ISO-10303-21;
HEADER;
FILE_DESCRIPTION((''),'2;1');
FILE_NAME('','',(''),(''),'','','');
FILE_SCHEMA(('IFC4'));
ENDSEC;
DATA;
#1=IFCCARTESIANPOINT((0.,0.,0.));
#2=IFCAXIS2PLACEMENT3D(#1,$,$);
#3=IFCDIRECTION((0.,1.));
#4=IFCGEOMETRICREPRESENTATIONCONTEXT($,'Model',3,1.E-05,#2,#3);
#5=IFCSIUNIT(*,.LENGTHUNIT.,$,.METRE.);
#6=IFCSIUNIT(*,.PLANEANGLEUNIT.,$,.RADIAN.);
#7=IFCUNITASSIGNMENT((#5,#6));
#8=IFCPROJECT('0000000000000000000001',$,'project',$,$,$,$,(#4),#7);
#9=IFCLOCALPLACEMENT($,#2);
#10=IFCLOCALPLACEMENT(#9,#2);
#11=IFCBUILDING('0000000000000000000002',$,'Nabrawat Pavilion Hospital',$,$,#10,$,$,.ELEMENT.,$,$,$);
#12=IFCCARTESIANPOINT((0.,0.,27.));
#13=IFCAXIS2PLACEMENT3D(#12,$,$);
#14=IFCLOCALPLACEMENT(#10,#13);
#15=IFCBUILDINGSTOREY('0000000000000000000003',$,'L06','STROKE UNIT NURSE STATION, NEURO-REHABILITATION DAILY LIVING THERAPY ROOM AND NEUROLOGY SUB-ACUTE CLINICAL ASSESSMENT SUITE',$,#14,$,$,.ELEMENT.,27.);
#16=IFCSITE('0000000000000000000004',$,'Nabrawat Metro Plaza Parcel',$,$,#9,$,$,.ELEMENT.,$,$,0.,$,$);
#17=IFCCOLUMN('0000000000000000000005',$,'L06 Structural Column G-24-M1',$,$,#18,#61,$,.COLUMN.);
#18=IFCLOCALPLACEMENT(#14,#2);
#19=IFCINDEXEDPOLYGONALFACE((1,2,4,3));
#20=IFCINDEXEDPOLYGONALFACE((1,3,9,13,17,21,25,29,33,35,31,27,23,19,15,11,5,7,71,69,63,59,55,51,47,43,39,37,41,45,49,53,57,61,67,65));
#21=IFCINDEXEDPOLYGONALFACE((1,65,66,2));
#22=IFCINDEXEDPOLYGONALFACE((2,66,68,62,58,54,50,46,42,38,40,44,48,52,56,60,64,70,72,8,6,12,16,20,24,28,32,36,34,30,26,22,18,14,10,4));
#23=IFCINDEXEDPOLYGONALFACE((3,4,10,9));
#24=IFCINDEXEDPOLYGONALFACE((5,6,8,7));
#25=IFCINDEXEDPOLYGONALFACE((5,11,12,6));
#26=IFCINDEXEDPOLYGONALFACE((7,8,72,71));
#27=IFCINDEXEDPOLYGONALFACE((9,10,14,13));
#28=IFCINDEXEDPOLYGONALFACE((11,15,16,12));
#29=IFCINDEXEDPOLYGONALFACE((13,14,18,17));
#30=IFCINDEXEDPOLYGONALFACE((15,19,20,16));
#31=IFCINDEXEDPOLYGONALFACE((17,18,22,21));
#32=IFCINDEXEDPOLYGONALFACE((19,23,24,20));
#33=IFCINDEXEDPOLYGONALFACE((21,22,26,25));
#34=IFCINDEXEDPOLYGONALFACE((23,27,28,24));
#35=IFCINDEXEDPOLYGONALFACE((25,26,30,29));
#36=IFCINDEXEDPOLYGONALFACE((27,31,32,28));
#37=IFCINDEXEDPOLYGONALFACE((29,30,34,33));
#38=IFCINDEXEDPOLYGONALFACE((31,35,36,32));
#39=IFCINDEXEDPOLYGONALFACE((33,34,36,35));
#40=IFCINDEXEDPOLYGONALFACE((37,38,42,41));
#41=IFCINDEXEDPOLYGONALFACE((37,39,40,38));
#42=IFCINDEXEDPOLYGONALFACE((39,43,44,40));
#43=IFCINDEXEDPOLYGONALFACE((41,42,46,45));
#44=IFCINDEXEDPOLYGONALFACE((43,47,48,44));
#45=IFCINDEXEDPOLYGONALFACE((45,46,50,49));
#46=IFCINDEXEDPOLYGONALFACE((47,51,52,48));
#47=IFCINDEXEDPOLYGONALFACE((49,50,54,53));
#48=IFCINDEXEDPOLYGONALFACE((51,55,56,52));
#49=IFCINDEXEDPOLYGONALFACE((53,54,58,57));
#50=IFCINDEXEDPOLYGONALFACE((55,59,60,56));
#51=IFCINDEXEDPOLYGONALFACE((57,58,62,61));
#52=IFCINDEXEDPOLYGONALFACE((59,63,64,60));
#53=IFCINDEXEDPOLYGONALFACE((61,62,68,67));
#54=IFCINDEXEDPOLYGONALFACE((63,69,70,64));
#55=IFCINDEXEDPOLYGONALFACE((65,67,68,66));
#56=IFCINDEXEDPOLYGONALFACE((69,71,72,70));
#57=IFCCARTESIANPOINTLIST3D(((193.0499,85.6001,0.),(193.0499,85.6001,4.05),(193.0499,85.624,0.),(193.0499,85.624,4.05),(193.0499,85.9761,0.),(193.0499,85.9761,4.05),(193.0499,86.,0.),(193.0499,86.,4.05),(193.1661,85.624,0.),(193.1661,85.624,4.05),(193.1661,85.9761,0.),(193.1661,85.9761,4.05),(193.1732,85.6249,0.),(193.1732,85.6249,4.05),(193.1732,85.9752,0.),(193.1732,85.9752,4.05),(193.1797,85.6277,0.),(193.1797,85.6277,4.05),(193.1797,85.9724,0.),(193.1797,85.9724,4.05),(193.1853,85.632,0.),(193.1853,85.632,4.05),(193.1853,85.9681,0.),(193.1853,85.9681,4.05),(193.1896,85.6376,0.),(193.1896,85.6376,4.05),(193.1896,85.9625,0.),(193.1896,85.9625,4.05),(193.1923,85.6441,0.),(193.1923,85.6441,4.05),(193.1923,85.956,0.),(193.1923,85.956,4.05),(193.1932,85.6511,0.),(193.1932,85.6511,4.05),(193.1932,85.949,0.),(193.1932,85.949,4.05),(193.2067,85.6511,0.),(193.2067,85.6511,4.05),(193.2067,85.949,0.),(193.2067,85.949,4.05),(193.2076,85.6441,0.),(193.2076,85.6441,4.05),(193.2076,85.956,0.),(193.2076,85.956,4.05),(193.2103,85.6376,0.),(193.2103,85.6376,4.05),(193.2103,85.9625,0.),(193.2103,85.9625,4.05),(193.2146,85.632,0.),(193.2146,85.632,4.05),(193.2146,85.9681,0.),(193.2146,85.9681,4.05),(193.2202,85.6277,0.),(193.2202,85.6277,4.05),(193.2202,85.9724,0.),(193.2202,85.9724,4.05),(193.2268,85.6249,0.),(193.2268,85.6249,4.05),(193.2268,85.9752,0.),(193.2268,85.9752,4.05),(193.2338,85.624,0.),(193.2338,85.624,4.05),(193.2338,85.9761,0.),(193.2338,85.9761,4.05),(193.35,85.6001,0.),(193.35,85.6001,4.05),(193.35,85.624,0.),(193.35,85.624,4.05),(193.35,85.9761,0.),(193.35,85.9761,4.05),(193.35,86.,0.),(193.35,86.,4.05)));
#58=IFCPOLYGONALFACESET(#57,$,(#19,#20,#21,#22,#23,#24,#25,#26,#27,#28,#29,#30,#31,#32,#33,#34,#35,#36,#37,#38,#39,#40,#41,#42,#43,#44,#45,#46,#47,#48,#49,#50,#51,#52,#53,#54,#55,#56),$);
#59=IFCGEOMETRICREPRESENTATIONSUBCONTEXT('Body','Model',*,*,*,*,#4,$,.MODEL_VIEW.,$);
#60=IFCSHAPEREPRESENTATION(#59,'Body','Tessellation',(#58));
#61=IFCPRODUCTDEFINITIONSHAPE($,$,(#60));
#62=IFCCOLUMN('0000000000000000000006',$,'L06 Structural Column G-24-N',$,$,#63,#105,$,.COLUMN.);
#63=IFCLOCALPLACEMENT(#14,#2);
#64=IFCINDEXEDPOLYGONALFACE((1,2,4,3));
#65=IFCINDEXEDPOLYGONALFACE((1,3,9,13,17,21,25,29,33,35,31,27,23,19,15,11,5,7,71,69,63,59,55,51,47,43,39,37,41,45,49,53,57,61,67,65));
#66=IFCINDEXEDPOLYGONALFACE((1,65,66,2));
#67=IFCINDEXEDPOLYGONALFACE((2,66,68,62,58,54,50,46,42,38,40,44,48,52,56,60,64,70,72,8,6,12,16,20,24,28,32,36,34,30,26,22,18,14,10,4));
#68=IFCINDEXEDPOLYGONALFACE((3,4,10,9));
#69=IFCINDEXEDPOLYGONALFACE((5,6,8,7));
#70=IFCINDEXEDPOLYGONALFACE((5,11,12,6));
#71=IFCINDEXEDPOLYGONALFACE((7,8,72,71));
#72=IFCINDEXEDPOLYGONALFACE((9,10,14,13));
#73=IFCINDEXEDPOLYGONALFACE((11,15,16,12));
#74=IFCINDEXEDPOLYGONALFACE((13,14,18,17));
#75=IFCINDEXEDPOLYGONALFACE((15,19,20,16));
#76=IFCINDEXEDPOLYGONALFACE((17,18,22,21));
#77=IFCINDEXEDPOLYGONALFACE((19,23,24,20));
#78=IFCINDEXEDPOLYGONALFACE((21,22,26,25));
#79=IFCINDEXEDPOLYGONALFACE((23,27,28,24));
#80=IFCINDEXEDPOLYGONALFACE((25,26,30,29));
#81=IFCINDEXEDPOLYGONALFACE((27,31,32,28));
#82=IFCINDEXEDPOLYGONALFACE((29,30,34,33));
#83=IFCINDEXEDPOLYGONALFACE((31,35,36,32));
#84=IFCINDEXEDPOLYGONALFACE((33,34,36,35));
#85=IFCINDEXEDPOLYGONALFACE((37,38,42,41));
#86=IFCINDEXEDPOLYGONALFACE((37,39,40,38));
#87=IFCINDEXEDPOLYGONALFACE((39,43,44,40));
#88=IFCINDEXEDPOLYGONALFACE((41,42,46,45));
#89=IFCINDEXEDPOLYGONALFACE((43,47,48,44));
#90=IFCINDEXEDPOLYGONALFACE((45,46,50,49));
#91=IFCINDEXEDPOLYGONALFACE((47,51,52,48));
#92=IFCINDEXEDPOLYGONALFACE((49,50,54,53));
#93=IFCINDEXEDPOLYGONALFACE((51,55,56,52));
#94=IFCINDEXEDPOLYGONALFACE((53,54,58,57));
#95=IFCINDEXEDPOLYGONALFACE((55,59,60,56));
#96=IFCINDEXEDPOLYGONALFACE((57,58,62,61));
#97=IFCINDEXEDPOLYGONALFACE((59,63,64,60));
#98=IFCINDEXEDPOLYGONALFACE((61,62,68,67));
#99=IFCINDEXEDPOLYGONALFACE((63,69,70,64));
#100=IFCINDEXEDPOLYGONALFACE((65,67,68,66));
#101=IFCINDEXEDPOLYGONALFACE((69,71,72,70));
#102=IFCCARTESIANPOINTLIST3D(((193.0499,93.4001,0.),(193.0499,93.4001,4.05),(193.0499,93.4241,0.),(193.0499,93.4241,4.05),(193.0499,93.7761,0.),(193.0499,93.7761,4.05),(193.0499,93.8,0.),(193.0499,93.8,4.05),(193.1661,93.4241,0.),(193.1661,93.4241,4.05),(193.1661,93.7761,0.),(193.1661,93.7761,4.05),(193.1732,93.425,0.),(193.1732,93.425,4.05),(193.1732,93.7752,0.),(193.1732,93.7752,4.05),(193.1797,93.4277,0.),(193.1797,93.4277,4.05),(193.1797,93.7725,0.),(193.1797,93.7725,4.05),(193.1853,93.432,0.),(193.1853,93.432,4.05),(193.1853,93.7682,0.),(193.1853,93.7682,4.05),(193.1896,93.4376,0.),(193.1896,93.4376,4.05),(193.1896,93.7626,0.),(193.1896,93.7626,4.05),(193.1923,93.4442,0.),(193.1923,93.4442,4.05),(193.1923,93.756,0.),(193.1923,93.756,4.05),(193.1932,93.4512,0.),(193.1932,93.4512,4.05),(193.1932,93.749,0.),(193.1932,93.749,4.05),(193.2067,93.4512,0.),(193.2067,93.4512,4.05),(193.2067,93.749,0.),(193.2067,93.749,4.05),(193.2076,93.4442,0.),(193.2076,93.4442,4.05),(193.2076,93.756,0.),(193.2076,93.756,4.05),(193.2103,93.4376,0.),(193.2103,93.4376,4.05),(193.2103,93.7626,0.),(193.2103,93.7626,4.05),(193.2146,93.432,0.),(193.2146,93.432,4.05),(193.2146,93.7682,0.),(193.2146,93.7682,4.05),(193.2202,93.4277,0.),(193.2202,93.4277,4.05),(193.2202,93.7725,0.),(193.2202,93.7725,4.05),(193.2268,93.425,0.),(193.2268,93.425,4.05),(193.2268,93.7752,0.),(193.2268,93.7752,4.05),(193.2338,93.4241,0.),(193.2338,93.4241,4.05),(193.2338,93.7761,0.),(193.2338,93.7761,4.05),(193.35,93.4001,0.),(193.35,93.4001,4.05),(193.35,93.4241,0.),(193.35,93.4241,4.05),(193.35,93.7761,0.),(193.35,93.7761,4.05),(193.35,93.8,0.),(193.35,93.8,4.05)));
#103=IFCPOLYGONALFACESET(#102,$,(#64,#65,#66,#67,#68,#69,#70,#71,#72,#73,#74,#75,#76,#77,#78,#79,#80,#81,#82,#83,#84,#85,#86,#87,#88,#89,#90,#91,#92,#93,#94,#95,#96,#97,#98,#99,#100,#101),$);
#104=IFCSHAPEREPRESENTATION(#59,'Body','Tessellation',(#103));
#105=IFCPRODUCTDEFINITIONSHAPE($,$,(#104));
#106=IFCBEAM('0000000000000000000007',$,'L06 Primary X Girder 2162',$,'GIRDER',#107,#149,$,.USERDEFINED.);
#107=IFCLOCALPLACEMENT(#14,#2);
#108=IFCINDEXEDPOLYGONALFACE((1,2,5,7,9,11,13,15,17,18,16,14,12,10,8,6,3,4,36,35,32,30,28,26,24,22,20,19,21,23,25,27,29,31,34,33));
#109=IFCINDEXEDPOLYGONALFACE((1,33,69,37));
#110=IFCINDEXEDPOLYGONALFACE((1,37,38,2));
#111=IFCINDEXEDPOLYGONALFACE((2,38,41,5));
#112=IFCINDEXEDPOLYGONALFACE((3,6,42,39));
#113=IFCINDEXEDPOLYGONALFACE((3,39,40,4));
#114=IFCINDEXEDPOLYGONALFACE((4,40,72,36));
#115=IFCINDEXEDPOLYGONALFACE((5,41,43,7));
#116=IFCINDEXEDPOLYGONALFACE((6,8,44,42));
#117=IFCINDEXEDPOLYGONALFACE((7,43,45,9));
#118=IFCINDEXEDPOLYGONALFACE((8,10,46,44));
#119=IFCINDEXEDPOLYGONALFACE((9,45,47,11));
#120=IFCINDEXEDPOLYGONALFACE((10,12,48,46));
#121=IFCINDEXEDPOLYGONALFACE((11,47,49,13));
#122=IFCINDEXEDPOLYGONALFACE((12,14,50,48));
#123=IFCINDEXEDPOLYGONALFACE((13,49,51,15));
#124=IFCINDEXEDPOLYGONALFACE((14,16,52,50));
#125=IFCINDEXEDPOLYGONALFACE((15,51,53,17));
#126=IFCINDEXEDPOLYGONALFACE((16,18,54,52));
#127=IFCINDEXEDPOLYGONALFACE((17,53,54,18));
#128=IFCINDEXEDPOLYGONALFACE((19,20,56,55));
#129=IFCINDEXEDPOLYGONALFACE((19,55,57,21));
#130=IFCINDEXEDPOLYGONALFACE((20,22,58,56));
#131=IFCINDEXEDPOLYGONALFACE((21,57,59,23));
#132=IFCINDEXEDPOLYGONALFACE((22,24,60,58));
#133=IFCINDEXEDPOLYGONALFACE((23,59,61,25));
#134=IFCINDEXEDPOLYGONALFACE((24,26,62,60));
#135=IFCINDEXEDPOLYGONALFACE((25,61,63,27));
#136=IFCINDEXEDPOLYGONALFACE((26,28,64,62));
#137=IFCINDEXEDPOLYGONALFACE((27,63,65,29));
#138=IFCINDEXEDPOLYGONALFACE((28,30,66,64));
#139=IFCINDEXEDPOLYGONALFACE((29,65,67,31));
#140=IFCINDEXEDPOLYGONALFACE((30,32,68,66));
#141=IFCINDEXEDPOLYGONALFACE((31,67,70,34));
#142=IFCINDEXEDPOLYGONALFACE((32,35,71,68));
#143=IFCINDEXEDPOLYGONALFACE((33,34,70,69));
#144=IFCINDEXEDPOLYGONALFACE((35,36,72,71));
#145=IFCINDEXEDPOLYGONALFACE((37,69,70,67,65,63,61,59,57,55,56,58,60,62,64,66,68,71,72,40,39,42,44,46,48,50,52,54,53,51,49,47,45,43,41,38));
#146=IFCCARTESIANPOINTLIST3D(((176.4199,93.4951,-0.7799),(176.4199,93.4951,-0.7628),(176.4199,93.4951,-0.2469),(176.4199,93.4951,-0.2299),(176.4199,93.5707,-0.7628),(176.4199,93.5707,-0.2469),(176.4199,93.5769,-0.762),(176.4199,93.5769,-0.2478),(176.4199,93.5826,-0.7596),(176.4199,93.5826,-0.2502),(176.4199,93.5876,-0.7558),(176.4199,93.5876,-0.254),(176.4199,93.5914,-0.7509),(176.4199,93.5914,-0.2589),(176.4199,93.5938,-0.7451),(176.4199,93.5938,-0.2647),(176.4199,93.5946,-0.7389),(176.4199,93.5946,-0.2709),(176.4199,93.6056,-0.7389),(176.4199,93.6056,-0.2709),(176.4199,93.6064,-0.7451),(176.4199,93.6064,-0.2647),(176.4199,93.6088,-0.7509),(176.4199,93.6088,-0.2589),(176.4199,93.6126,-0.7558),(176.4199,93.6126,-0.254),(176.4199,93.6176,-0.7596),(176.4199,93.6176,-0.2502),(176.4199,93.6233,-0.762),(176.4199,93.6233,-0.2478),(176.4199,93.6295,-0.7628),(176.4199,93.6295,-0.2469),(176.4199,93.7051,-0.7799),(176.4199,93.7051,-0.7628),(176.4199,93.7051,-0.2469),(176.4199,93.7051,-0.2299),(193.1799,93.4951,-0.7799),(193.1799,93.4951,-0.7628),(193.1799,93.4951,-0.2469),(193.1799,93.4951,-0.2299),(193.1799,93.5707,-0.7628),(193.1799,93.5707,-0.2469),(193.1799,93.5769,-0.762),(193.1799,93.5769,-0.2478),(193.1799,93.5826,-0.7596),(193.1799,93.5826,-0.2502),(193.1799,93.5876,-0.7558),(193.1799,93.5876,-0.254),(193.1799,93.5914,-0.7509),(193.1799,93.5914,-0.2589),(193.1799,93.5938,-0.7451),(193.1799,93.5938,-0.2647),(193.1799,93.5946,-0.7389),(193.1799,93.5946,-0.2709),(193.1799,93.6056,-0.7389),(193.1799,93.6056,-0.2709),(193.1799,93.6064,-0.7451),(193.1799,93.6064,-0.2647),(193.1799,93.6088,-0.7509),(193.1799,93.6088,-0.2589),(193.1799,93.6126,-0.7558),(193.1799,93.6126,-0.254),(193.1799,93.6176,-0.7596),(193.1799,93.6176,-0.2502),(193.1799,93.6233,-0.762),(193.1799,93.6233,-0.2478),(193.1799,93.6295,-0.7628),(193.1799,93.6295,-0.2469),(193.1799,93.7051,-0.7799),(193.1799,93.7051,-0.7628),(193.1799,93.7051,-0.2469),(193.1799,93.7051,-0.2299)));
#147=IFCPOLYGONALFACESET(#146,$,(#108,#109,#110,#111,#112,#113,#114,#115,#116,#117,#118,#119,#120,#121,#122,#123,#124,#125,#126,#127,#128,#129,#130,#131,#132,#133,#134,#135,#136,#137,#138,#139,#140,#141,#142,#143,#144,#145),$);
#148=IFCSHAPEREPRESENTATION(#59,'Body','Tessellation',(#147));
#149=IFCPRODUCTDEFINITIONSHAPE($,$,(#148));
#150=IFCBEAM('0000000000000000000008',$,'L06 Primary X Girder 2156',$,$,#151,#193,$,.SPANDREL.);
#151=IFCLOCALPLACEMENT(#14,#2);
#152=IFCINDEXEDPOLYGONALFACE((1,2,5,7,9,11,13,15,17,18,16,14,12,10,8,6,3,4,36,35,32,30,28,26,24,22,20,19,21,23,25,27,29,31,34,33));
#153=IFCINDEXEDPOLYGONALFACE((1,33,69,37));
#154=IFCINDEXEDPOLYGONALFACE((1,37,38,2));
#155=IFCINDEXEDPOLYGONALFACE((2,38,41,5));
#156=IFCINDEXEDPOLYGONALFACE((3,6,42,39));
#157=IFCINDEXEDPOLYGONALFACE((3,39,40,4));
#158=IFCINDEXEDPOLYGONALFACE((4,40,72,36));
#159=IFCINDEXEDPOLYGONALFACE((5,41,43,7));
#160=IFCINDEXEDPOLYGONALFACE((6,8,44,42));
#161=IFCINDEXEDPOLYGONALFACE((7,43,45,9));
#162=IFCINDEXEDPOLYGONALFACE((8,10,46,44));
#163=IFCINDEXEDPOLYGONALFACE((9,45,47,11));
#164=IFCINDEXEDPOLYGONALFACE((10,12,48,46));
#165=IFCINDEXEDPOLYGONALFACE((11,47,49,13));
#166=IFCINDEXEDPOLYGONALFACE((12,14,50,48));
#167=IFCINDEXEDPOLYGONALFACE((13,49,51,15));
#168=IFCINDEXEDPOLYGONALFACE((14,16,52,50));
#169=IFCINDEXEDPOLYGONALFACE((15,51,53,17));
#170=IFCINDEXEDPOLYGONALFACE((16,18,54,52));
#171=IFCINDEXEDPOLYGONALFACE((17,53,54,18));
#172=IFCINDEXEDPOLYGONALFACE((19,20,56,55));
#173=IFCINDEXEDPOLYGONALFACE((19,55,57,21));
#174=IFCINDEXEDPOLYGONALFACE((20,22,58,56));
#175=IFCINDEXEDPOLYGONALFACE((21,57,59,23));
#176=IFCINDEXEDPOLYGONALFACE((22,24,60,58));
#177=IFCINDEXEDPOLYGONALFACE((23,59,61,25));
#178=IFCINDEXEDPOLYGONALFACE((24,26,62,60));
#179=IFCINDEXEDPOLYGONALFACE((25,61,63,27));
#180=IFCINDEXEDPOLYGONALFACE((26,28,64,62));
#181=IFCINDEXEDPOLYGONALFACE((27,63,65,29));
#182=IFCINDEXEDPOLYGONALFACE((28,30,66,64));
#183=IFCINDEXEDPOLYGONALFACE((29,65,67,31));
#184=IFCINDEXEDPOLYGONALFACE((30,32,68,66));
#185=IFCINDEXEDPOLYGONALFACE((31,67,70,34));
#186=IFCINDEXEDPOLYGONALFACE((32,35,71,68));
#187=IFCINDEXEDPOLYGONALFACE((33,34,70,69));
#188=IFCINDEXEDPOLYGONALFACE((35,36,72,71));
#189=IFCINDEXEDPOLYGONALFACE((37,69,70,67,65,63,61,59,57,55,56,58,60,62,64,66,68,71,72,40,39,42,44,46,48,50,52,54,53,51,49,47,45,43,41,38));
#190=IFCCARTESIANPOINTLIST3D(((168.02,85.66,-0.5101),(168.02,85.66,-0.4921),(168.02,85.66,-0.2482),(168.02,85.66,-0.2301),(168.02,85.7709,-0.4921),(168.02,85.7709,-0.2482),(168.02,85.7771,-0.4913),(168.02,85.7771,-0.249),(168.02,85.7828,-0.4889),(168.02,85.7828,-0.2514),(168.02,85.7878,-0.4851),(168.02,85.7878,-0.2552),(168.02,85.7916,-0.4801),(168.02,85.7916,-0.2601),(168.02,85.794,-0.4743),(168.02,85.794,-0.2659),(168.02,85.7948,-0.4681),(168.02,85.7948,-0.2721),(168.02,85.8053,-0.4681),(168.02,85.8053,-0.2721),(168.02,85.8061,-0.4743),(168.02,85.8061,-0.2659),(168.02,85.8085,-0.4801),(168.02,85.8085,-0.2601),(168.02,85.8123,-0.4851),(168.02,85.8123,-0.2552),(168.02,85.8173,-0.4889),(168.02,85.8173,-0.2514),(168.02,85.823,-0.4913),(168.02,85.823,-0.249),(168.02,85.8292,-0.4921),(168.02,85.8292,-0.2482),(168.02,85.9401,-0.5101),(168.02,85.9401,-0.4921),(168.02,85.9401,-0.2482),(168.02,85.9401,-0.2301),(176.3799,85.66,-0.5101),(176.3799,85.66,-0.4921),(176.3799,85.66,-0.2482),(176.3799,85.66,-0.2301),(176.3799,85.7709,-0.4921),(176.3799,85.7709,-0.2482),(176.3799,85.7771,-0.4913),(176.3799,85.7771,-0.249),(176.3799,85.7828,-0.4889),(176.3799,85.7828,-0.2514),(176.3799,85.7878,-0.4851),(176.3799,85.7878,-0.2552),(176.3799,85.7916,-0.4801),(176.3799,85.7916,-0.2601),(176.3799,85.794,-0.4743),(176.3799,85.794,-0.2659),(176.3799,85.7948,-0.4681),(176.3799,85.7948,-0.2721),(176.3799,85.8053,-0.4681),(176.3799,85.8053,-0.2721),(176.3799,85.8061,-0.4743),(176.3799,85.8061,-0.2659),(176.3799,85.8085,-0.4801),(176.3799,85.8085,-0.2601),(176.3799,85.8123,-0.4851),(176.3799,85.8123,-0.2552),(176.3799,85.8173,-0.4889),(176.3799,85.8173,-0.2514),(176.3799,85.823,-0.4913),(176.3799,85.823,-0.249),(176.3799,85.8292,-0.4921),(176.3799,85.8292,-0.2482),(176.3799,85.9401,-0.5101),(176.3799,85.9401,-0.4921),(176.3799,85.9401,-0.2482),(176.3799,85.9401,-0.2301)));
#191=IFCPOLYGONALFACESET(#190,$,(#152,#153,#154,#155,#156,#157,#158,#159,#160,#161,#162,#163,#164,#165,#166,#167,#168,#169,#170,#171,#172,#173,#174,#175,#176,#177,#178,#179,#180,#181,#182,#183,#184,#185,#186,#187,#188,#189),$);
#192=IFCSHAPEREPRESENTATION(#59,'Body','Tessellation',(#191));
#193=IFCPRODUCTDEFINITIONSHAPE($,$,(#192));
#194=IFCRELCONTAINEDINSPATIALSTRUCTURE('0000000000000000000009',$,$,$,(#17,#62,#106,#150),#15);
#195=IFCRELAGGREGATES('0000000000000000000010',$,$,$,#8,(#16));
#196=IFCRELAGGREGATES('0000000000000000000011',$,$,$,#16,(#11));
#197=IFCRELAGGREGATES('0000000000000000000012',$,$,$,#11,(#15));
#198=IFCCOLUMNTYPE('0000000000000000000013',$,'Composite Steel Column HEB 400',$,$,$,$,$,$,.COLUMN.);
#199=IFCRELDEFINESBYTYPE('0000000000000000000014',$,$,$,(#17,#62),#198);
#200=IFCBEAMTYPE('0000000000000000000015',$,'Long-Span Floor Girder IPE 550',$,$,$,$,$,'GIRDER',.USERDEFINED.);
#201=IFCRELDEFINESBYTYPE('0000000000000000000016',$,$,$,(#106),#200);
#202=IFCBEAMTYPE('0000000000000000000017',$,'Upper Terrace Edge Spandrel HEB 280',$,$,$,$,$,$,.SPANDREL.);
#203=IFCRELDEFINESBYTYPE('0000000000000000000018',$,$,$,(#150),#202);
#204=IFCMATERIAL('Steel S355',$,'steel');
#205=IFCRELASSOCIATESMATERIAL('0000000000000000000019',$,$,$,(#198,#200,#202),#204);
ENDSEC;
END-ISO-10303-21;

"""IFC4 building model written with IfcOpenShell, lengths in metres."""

from ifc_helpers import new_model, si_unit, direction, frame, origin, origin_2d, place, context, subcontext, project, spatial, i_section, extrude, material, material_profile, profile_set, type_object, element, save


model = new_model("IFC4")

# Units and contexts
model_context = context("Model", 3, precision=1e-05, world=origin(), true_north=direction((0.0, 1.0)))
body_context = subcontext(model_context, "Body", "Model", "MODEL_VIEW")
ifc_project = project(units=[si_unit("LENGTHUNIT", "METRE"), si_unit("PLANEANGLEUNIT", "RADIAN")], contexts=[model_context])

# Site, building, storey
site_placement = place(None, origin())
site = spatial("IfcSite", under=ifc_project, at=site_placement, Name="Nabrawat Metro Plaza Parcel", CompositionType="ELEMENT", RefElevation=0.0)
building_placement = place(site_placement, origin())
building = spatial("IfcBuilding", under=site, at=building_placement, Name="Nabrawat Pavilion Hospital", CompositionType="ELEMENT")
storey_placement = place(building_placement, frame((0.0, 0.0, 27.0)))
storey = spatial("IfcBuildingStorey", under=building, at=storey_placement, Name="L06", Description="STROKE UNIT NURSE STATION, NEURO-REHABILITATION DAILY LIVING THERAPY ROOM AND NEUROLOGY SUB-ACUTE CLINICAL ASSESSMENT SUITE", CompositionType="ELEMENT", Elevation=27.0)

# Columns
ifc_material_1 = material(Name="Steel S355", Category="steel")
ifc_material_profile_1 = material_profile(ifc_material_1, i_section(OverallWidth=0.3, OverallDepth=0.3999, WebThickness=0.0134, FlangeThickness=0.0239, FilletRadius=0.0271, at=origin_2d()), Name="HEB 400")
ifc_profile_set_1 = profile_set([ifc_material_profile_1], Name="Steel S355")
column_type = type_object("IfcColumnType", Name="Composite Steel Column HEB 400", PredefinedType="COLUMN", material=ifc_profile_set_1)
for number, where, z_axis, x_axis, name in (
    (1, (193.2, 85.8, 0.0), (0.0, 0.0, 1.0), (1.0, 0.0, 0.0), "L06 Structural Column G-24-M1"),
    (2, (193.2, 93.6001, 0.0), (0.0, 0.0, 1.0), (1.0, 0.0, 0.0), "L06 Structural Column G-24-N"),
):
    element("IfcColumn", number, at=place(storey_placement, frame(where, z_axis=z_axis, x_axis=x_axis)), inside=storey, type_object=column_type, Name=name, PredefinedType="COLUMN", context=body_context, shape_type="SweptSolid", body=[
        extrude(i_section(OverallWidth=0.3, OverallDepth=0.3999, WebThickness=0.0134, FlangeThickness=0.0239, FilletRadius=0.0271, at=origin_2d()), origin(), (0.0, 0.0, 1.0), 4.05),
    ])

# Beams
ifc_material_profile_2 = material_profile(ifc_material_1, i_section(OverallWidth=0.21, OverallDepth=0.55, WebThickness=0.011, FlangeThickness=0.0171, FilletRadius=0.0239, at=origin_2d()), Name="IPE 550")
ifc_profile_set_2 = profile_set([ifc_material_profile_2], Name="Steel S355")
beam_type_1 = type_object("IfcBeamType", Name="Long-Span Floor Girder IPE 550", ElementType="GIRDER", PredefinedType="USERDEFINED", material=ifc_profile_set_2)
beam_1_placement = place(storey_placement, frame((176.4199, 93.6001, -0.5049), z_axis=(1.0, 0.0, 0.0), x_axis=(0.0, 1.0, 0.0)))
element("IfcBeam", 3, at=beam_1_placement, inside=storey, type_object=beam_type_1, Name="L06 Primary X Girder 2162", ObjectType="GIRDER", PredefinedType="USERDEFINED", context=body_context, shape_type="SweptSolid", body=[
    extrude(i_section(OverallWidth=0.21, OverallDepth=0.55, WebThickness=0.011, FlangeThickness=0.0171, FilletRadius=0.0239, at=origin_2d()), origin(), (0.0, 0.0, 1.0), 16.76),
])
ifc_material_profile_3 = material_profile(ifc_material_1, i_section(OverallWidth=0.28, OverallDepth=0.28, WebThickness=0.0105, FlangeThickness=0.0181, FilletRadius=0.0239, at=origin_2d()), Name="HEB 280")
ifc_profile_set_3 = profile_set([ifc_material_profile_3], Name="Steel S355")
beam_type_2 = type_object("IfcBeamType", Name="Upper Terrace Edge Spandrel HEB 280", PredefinedType="SPANDREL", material=ifc_profile_set_3)
beam_2_placement = place(storey_placement, frame((168.02, 85.8, -0.3701), z_axis=(1.0, 0.0, 0.0), x_axis=(0.0, 1.0, 0.0)))
element("IfcBeam", 4, at=beam_2_placement, inside=storey, type_object=beam_type_2, Name="L06 Primary X Girder 2156", PredefinedType="SPANDREL", context=body_context, shape_type="SweptSolid", body=[
    extrude(i_section(OverallWidth=0.28, OverallDepth=0.28, WebThickness=0.0105, FlangeThickness=0.0181, FilletRadius=0.0239, at=origin_2d()), origin(), (0.0, 0.0, 1.0), 8.3599),
])

save(model, "model.ifc")
